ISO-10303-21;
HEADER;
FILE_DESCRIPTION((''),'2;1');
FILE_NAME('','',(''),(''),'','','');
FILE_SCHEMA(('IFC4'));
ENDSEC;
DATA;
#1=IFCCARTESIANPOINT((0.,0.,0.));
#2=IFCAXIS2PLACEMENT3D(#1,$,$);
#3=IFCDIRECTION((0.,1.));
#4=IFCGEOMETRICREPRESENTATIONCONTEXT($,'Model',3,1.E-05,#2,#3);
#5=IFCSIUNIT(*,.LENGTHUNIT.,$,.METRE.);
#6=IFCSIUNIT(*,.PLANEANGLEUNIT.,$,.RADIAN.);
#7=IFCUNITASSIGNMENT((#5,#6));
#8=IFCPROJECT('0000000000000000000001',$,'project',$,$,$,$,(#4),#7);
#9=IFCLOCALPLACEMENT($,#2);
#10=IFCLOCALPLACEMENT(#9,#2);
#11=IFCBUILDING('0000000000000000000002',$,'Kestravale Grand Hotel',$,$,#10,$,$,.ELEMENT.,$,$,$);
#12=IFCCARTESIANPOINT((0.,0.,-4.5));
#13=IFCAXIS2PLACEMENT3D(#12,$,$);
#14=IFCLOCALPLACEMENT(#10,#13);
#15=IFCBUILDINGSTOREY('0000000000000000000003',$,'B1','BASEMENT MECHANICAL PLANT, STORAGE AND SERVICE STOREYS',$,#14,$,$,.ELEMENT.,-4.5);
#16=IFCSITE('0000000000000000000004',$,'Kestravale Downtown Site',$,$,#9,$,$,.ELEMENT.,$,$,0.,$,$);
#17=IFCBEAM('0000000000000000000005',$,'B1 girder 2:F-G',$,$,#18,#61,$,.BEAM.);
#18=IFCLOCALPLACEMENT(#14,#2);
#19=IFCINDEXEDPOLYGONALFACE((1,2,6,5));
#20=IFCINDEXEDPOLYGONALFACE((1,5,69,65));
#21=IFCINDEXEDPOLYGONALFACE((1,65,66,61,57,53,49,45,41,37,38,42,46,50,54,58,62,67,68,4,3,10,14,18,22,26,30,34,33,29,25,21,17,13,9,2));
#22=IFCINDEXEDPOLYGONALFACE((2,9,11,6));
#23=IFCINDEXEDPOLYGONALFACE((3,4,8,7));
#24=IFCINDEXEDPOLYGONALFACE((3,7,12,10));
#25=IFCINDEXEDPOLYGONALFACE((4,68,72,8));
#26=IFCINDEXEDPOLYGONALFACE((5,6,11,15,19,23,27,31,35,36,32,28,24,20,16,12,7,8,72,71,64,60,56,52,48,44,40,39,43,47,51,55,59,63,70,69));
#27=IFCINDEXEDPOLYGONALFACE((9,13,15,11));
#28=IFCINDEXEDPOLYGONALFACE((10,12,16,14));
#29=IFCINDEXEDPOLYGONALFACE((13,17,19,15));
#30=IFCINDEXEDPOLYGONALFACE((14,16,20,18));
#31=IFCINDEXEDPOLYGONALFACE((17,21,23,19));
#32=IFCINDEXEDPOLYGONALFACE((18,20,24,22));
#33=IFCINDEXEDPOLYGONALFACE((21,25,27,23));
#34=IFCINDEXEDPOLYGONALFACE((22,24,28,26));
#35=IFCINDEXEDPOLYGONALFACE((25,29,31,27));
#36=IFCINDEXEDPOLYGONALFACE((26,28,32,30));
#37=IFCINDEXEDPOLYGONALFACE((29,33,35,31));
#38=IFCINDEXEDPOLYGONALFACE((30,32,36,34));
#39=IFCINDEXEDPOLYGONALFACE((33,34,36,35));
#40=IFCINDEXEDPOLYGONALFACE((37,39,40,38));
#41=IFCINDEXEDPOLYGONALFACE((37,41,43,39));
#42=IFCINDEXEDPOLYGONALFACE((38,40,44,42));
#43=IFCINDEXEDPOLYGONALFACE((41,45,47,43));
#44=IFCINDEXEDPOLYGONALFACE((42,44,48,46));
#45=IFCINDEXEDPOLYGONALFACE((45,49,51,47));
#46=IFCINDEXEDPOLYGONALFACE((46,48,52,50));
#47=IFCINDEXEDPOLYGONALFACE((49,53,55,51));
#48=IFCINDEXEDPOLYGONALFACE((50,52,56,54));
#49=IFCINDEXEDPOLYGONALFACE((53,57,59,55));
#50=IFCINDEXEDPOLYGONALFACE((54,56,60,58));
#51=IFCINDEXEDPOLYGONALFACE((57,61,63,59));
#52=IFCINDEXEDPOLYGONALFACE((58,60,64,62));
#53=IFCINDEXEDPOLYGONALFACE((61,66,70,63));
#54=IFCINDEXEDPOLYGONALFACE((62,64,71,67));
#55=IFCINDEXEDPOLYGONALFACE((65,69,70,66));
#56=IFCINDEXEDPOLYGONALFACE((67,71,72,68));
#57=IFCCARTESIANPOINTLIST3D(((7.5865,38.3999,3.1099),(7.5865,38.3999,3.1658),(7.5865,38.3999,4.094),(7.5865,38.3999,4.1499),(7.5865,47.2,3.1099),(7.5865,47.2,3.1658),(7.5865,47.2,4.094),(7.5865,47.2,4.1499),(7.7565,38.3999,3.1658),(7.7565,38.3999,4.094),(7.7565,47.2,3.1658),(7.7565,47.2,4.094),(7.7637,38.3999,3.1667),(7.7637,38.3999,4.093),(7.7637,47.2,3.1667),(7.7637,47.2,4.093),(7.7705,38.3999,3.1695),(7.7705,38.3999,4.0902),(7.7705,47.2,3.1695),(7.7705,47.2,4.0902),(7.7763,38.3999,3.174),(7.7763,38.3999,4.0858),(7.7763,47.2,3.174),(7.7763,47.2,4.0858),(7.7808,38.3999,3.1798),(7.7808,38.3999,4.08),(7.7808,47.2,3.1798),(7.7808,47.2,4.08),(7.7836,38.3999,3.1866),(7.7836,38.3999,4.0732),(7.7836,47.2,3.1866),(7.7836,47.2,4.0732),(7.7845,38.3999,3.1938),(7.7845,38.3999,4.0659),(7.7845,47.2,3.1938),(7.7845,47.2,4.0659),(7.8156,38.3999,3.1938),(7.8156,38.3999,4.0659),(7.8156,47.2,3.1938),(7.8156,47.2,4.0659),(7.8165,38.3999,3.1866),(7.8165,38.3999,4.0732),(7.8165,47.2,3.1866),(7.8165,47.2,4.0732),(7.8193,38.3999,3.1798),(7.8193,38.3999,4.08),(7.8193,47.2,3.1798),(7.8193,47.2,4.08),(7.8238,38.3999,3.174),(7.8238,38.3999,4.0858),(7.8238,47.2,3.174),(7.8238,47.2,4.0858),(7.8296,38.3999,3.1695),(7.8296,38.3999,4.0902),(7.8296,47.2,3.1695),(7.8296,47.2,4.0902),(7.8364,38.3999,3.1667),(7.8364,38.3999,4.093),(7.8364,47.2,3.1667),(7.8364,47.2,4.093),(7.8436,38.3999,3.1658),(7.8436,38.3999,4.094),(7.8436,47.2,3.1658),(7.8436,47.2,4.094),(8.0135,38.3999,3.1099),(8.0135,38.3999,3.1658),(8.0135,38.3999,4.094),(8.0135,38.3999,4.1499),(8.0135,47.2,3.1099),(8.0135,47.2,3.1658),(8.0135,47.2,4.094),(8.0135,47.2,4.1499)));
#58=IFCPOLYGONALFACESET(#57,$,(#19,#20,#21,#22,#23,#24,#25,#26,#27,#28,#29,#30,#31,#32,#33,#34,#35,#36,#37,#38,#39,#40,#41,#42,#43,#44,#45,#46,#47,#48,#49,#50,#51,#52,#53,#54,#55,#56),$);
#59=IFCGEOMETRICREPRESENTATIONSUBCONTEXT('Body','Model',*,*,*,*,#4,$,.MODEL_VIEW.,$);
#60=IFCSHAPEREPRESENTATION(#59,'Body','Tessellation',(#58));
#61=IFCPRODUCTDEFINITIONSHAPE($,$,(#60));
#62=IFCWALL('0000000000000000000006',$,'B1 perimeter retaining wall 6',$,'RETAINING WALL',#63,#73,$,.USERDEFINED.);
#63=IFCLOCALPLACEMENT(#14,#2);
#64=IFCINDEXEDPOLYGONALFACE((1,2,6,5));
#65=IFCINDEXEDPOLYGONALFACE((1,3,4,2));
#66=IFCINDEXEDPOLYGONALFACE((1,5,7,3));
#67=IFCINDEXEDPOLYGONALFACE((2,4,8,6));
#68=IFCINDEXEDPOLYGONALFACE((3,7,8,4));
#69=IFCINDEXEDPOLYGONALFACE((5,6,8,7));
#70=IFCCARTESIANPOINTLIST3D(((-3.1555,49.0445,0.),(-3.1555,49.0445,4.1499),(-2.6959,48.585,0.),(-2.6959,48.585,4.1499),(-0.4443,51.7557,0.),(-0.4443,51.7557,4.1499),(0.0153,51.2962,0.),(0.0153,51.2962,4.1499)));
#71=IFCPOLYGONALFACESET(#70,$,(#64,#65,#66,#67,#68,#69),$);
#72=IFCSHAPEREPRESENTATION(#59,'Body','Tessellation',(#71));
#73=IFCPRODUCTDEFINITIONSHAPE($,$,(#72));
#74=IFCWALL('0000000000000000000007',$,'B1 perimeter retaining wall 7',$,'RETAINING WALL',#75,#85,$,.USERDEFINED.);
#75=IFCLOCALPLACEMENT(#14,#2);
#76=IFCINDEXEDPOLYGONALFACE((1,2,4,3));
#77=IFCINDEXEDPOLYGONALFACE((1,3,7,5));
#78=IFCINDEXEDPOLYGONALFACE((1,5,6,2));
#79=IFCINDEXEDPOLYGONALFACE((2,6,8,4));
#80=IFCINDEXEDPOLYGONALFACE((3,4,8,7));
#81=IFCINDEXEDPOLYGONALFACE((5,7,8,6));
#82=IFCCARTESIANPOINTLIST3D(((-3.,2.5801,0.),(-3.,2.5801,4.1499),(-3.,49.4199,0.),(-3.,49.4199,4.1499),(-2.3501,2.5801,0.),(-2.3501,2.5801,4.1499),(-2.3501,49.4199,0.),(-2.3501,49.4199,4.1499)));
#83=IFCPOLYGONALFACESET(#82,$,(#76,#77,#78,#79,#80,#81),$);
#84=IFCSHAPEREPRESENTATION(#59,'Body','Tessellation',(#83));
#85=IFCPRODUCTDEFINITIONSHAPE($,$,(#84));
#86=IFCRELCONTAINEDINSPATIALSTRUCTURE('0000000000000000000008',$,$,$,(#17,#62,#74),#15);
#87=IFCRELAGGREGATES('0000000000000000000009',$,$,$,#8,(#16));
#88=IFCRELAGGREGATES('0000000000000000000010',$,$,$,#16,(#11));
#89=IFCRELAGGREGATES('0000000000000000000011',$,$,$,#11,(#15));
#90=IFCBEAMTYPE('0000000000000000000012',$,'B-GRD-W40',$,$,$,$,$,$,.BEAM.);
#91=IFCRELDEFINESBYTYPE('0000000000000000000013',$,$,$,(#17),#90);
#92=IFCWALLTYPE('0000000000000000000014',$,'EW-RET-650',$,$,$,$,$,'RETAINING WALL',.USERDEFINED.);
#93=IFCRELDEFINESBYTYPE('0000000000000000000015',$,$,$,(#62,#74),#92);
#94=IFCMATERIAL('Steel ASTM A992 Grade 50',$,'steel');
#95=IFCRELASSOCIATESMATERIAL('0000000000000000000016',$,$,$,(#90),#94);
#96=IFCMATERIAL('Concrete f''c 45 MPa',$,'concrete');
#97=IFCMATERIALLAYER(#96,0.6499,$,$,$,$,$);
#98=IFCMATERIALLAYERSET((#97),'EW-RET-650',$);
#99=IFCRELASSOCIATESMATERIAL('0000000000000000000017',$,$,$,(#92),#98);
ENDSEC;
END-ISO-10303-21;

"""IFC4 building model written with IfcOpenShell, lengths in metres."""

from ifc_helpers import new_model, si_unit, direction, frame, frame_2d, origin, origin_2d, place, context, subcontext, project, spatial, rectangle, i_section, extrude, material, layer, layer_set, material_profile, profile_set, type_object, element, save


model = new_model("IFC4")

# Units and contexts
model_context = context("Model", 3, precision=1e-05, world=origin(), true_north=direction((0.0, 1.0)))
body_context = subcontext(model_context, "Body", "Model", "MODEL_VIEW")
ifc_project = project(units=[si_unit("LENGTHUNIT", "METRE"), si_unit("PLANEANGLEUNIT", "RADIAN")], contexts=[model_context])

# Site, building, storey
site_placement = place(None, origin())
site = spatial("IfcSite", under=ifc_project, at=site_placement, Name="Kestravale Downtown Site", CompositionType="ELEMENT", RefElevation=0.0)
building_placement = place(site_placement, origin())
building = spatial("IfcBuilding", under=site, at=building_placement, Name="Kestravale Grand Hotel", CompositionType="ELEMENT")
storey_placement = place(building_placement, frame((0.0, 0.0, -4.5)))
storey = spatial("IfcBuildingStorey", under=building, at=storey_placement, Name="B1", Description="BASEMENT MECHANICAL PLANT, STORAGE AND SERVICE STOREYS", CompositionType="ELEMENT", Elevation=-4.5)

# Beam
ifc_material_1 = material(Name="Steel ASTM A992 Grade 50", Category="steel")
ifc_material_profile_1 = material_profile(ifc_material_1, i_section(OverallWidth=0.427, OverallDepth=1.04, WebThickness=0.031, FlangeThickness=0.0559, FilletRadius=0.0281, at=origin_2d()))
ifc_profile_set_1 = profile_set([ifc_material_profile_1], Name="Steel ASTM A992 Grade 50")
beam_type_1 = type_object("IfcBeamType", Name="B-GRD-W40", PredefinedType="BEAM", material=ifc_profile_set_1)
beam_1_placement = place(storey_placement, frame((7.8, 38.3999, 3.6299), z_axis=(0.0, 1.0, 0.0), x_axis=(-1.0, 0.0, 0.0)))
element("IfcBeam", 1, at=beam_1_placement, inside=storey, type_object=beam_type_1, Name="B1 girder 2:F-G", PredefinedType="BEAM", context=body_context, shape_type="SweptSolid", body=[
    extrude(i_section(OverallWidth=0.427, OverallDepth=1.04, WebThickness=0.031, FlangeThickness=0.0559, FilletRadius=0.0281, at=origin_2d()), origin(), (0.0, 0.0, 1.0), 8.8),
])

# Walls
ifc_material_2 = material(Name="Concrete f'c 45 MPa", Category="concrete")
ifc_layer = layer(ifc_material_2, 0.6499)
ifc_layer_set = layer_set([ifc_layer], Name="EW-RET-650")
wall_type = type_object("IfcWallType", Name="EW-RET-650", ElementType="RETAINING WALL", PredefinedType="USERDEFINED", material=ifc_layer_set)
wall_1_placement = place(storey_placement, frame((-0.2146, 51.5259, 0.0), z_axis=(0.0, 0.0, 1.0), x_axis=(-0.707107, -0.707107, 0.0)))
element("IfcWall", 2, at=wall_1_placement, inside=storey, type_object=wall_type, Name="B1 perimeter retaining wall 6", ObjectType="RETAINING WALL", PredefinedType="USERDEFINED", context=body_context, shape_type="SweptSolid", body=[
    extrude(rectangle(XDim=3.8342, YDim=0.6499, at=frame_2d((1.917, 0.0))), origin(), (0.0, 0.0, 1.0), 4.1499),
])
wall_2_placement = place(storey_placement, frame((-2.675, 49.4199, 0.0), z_axis=(0.0, 0.0, 1.0), x_axis=(0.0, -1.0, 0.0)))
element("IfcWall", 3, at=wall_2_placement, inside=storey, type_object=wall_type, Name="B1 perimeter retaining wall 7", ObjectType="RETAINING WALL", PredefinedType="USERDEFINED", context=body_context, shape_type="SweptSolid", body=[
    extrude(rectangle(XDim=46.8398, YDim=0.6499, at=frame_2d((23.4199, 0.0))), origin(), (0.0, 0.0, 1.0), 4.1499),
])

save(model, "model.ifc")
